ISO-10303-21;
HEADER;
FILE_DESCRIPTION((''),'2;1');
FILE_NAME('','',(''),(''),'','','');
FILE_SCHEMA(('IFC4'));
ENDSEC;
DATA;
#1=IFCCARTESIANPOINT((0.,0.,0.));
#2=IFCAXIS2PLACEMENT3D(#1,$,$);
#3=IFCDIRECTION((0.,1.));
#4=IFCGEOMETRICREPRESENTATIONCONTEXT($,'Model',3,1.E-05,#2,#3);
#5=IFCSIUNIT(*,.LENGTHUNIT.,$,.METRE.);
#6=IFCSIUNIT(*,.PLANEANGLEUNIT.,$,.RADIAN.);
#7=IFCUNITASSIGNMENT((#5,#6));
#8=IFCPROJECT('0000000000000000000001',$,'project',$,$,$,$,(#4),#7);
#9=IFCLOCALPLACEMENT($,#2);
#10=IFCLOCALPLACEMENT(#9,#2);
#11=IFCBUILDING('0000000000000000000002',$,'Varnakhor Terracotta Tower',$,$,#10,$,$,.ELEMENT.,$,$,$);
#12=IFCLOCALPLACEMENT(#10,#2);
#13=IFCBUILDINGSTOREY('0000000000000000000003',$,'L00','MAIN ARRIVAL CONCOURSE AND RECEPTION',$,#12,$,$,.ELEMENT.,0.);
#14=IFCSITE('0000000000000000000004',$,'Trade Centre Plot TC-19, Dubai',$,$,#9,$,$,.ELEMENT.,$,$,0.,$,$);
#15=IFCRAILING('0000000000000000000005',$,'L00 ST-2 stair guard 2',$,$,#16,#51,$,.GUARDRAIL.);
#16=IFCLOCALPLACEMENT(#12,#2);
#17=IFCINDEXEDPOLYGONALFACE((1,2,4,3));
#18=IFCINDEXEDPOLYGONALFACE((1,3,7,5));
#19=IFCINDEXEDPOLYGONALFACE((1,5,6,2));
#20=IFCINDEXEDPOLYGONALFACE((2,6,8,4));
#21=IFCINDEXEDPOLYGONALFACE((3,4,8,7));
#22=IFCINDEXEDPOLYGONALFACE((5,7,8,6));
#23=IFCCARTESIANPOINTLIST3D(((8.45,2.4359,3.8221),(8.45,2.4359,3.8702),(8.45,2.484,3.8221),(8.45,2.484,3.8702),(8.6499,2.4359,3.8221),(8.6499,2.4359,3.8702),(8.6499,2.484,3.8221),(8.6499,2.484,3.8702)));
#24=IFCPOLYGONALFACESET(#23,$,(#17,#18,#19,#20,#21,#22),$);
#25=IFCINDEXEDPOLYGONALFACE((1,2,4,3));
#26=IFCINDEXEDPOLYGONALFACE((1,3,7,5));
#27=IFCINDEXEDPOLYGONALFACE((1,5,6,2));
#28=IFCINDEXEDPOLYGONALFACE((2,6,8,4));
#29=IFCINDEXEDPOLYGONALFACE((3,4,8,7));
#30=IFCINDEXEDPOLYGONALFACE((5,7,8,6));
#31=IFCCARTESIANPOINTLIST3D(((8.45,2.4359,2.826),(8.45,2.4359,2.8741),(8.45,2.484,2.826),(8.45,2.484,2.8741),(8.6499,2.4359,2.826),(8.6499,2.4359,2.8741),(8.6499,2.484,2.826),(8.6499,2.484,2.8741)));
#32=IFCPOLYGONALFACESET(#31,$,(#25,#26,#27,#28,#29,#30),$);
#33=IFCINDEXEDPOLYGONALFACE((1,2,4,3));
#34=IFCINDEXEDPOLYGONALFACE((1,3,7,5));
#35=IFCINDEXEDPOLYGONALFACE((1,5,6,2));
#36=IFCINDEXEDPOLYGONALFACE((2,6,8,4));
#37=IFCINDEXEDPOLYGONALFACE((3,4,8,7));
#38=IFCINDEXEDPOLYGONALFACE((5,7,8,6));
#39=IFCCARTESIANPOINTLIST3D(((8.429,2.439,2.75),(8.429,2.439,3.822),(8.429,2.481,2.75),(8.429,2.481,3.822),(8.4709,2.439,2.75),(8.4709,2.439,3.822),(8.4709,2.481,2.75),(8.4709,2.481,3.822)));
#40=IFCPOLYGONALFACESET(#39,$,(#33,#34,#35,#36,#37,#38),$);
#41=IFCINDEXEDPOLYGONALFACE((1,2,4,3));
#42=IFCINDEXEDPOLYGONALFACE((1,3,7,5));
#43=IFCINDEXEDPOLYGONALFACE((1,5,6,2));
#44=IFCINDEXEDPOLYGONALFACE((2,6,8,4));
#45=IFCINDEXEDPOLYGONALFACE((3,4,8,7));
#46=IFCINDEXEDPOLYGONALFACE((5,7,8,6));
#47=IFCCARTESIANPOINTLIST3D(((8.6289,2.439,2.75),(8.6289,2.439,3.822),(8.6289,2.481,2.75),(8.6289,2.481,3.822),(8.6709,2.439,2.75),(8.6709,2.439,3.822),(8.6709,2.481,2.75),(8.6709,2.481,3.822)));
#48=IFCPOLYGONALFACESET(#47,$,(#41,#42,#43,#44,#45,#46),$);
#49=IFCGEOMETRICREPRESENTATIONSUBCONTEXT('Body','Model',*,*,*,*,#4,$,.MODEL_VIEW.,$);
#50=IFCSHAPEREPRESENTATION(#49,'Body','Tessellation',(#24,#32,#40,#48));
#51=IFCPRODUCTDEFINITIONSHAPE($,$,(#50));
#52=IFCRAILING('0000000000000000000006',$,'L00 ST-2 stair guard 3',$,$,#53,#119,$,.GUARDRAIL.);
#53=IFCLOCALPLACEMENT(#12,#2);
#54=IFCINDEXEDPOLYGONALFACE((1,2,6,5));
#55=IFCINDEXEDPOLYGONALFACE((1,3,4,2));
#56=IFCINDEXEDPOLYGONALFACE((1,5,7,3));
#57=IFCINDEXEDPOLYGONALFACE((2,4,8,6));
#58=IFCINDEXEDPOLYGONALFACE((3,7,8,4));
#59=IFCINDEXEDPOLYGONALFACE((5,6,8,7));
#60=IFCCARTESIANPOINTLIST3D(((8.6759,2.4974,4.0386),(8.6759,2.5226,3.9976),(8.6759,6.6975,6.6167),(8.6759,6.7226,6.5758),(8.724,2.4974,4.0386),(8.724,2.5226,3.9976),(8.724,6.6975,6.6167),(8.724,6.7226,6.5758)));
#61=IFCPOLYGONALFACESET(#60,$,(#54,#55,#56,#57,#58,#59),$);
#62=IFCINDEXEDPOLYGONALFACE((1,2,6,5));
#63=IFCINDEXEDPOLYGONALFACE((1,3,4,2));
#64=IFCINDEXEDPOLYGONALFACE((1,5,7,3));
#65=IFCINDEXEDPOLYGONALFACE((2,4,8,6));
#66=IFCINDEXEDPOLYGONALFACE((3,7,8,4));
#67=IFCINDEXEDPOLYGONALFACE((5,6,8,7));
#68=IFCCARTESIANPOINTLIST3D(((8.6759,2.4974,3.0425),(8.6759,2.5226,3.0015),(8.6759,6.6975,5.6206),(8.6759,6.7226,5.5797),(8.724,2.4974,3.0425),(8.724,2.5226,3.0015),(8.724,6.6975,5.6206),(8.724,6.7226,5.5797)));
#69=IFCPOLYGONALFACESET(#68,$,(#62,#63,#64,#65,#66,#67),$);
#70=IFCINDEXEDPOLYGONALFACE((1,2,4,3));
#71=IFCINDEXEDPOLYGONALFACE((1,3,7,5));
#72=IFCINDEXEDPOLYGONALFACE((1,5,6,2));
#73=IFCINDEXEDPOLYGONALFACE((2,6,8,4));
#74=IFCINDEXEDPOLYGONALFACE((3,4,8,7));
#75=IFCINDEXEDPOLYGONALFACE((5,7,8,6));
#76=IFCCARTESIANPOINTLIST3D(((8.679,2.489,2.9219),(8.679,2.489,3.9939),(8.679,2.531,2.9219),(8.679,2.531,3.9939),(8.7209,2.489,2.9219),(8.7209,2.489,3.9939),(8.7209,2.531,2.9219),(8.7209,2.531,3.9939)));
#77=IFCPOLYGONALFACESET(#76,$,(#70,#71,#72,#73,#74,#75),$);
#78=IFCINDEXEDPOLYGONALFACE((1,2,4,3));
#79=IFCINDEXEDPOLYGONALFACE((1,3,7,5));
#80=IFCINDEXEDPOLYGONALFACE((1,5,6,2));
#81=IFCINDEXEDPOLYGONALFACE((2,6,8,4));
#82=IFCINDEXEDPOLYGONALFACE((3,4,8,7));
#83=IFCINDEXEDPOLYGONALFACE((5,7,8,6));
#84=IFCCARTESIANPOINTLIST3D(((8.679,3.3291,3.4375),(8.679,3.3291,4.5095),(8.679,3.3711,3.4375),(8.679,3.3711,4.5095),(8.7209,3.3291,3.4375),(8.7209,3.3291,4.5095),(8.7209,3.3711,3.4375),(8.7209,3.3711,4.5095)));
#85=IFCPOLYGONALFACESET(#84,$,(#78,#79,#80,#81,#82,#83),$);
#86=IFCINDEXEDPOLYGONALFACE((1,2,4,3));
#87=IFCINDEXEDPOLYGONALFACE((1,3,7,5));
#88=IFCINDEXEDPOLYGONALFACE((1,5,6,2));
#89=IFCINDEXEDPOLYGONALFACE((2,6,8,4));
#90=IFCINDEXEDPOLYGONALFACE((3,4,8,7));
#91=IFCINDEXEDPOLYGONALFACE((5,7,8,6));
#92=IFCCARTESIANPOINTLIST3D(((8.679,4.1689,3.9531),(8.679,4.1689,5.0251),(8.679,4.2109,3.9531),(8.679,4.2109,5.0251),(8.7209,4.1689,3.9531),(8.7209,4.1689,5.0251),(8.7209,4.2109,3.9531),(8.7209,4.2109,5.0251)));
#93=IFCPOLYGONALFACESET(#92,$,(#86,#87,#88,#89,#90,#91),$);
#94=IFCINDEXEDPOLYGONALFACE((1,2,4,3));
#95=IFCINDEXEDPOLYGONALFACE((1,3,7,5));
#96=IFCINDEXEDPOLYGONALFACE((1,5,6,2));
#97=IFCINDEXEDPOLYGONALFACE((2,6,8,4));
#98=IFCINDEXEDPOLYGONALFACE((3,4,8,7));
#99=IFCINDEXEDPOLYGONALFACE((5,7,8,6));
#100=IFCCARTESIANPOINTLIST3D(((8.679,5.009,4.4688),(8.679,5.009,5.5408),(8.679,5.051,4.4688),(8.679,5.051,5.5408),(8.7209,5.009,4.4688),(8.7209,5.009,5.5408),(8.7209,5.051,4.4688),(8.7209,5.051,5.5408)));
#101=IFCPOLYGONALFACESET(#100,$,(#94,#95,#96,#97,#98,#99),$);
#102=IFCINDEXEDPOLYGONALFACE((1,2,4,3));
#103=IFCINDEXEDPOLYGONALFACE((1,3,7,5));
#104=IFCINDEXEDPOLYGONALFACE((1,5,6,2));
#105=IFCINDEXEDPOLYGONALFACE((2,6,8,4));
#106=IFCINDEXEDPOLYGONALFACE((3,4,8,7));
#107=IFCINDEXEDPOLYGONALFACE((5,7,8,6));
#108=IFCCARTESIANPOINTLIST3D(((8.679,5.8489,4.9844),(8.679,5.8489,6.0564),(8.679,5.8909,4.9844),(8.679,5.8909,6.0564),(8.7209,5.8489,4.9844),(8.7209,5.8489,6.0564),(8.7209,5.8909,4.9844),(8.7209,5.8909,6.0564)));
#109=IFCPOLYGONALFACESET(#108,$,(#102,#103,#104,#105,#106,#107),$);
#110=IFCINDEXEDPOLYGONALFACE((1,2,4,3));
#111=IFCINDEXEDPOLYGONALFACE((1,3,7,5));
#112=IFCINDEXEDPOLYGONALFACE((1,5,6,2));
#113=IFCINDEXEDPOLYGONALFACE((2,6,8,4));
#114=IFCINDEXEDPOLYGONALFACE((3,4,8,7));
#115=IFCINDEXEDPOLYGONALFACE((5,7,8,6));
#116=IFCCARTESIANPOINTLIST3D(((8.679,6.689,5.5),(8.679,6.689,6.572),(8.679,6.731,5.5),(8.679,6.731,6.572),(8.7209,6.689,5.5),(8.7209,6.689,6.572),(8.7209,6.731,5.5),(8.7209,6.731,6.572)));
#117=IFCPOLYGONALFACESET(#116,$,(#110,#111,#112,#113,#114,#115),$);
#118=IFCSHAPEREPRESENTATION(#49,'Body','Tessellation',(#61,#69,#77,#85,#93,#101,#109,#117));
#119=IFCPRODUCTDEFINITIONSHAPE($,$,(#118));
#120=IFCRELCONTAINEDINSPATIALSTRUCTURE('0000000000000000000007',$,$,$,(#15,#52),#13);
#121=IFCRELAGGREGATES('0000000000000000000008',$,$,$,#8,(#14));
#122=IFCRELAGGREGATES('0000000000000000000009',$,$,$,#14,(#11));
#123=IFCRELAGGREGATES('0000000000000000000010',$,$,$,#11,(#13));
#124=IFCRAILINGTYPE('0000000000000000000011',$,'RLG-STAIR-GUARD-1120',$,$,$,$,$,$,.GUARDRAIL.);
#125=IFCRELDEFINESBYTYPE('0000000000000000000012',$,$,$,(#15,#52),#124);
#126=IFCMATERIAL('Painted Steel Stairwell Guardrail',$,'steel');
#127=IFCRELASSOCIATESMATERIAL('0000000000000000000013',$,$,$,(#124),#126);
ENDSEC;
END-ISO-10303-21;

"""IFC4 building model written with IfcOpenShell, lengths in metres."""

from ifc_helpers import new_model, si_unit, direction, frame, origin, origin_2d, place, context, subcontext, project, spatial, rectangle, extrude, material, type_object, element, save


model = new_model("IFC4")

# Units and contexts
model_context = context("Model", 3, precision=1e-05, world=origin(), true_north=direction((0.0, 1.0)))
body_context = subcontext(model_context, "Body", "Model", "MODEL_VIEW")
ifc_project = project(units=[si_unit("LENGTHUNIT", "METRE"), si_unit("PLANEANGLEUNIT", "RADIAN")], contexts=[model_context])

# Site, building, storey
site_placement = place(None, origin())
site = spatial("IfcSite", under=ifc_project, at=site_placement, Name="Trade Centre Plot TC-19, Dubai", CompositionType="ELEMENT", RefElevation=0.0)
building_placement = place(site_placement, origin())
building = spatial("IfcBuilding", under=site, at=building_placement, Name="Varnakhor Terracotta Tower", CompositionType="ELEMENT")
storey_placement = place(building_placement, origin())
storey = spatial("IfcBuildingStorey", under=building, at=storey_placement, Name="L00", Description="MAIN ARRIVAL CONCOURSE AND RECEPTION", CompositionType="ELEMENT", Elevation=0.0)

# Railings
ifc_material_1 = material(Name="Painted Steel Stairwell Guardrail", Category="steel")
railing_type = type_object("IfcRailingType", Name="RLG-STAIR-GUARD-1120", PredefinedType="GUARDRAIL", material=ifc_material_1)
railing_1_placement = place(storey_placement, frame((8.45, 2.46, 2.75)))
element("IfcRailing", 1, at=railing_1_placement, inside=storey, type_object=railing_type, Name="L00 ST-2 stair guard 2", PredefinedType="GUARDRAIL", context=body_context, shape_type="SweptSolid", body=[
    extrude(rectangle(XDim=0.0481, YDim=0.0481, at=origin_2d()), frame((0.0, 0.0, 1.0962), z_axis=(1.0, 0.0, 0.0), x_axis=(0.0, 1.0, 0.0)), (0.0, 0.0, 1.0), 0.2),
    extrude(rectangle(XDim=0.0481, YDim=0.0481, at=origin_2d()), frame((0.0, 0.0, 0.1001), z_axis=(1.0, 0.0, 0.0), x_axis=(0.0, 1.0, 0.0)), (0.0, 0.0, 1.0), 0.2),
    extrude(rectangle(XDim=0.042, YDim=0.042, at=origin_2d()), origin(), (0.0, 0.0, 1.0), 1.072),
    extrude(rectangle(XDim=0.042, YDim=0.042, at=origin_2d()), frame((0.2, 0.0, 0.0)), (0.0, 0.0, 1.0), 1.072),
])
railing_2_placement = place(storey_placement, frame((8.7, 2.51, 2.9219)))
element("IfcRailing", 2, at=railing_2_placement, inside=storey, type_object=railing_type, Name="L00 ST-2 stair guard 3", PredefinedType="GUARDRAIL", context=body_context, shape_type="SweptSolid", body=[
    extrude(rectangle(XDim=0.0481, YDim=0.0481, at=origin_2d()), frame((0.0, 0.0, 1.0962), z_axis=(0.0, 0.852243, 0.523146), x_axis=(-1.0, 0.0, 0.0)), (0.0, 0.0, 1.0), 4.9282),
    extrude(rectangle(XDim=0.0481, YDim=0.0481, at=origin_2d()), frame((0.0, 0.0, 0.1001), z_axis=(0.0, 0.852243, 0.523146), x_axis=(-1.0, 0.0, 0.0)), (0.0, 0.0, 1.0), 4.9282),
    extrude(rectangle(XDim=0.042, YDim=0.042, at=origin_2d()), origin(), (0.0, 0.0, 1.0), 1.072),
    extrude(rectangle(XDim=0.042, YDim=0.042, at=origin_2d()), frame((0.0, 0.8401, 0.5156)), (0.0, 0.0, 1.0), 1.072),
    extrude(rectangle(XDim=0.042, YDim=0.042, at=origin_2d()), frame((0.0, 1.6799, 1.0312)), (0.0, 0.0, 1.0), 1.072),
    extrude(rectangle(XDim=0.042, YDim=0.042, at=origin_2d()), frame((0.0, 2.52, 1.5469)), (0.0, 0.0, 1.0), 1.072),
    extrude(rectangle(XDim=0.042, YDim=0.042, at=origin_2d()), frame((0.0, 3.3599, 2.0625)), (0.0, 0.0, 1.0), 1.072),
    extrude(rectangle(XDim=0.042, YDim=0.042, at=origin_2d()), frame((0.0, 4.2, 2.5781)), (0.0, 0.0, 1.0), 1.072),
])

save(model, "model.ifc")
